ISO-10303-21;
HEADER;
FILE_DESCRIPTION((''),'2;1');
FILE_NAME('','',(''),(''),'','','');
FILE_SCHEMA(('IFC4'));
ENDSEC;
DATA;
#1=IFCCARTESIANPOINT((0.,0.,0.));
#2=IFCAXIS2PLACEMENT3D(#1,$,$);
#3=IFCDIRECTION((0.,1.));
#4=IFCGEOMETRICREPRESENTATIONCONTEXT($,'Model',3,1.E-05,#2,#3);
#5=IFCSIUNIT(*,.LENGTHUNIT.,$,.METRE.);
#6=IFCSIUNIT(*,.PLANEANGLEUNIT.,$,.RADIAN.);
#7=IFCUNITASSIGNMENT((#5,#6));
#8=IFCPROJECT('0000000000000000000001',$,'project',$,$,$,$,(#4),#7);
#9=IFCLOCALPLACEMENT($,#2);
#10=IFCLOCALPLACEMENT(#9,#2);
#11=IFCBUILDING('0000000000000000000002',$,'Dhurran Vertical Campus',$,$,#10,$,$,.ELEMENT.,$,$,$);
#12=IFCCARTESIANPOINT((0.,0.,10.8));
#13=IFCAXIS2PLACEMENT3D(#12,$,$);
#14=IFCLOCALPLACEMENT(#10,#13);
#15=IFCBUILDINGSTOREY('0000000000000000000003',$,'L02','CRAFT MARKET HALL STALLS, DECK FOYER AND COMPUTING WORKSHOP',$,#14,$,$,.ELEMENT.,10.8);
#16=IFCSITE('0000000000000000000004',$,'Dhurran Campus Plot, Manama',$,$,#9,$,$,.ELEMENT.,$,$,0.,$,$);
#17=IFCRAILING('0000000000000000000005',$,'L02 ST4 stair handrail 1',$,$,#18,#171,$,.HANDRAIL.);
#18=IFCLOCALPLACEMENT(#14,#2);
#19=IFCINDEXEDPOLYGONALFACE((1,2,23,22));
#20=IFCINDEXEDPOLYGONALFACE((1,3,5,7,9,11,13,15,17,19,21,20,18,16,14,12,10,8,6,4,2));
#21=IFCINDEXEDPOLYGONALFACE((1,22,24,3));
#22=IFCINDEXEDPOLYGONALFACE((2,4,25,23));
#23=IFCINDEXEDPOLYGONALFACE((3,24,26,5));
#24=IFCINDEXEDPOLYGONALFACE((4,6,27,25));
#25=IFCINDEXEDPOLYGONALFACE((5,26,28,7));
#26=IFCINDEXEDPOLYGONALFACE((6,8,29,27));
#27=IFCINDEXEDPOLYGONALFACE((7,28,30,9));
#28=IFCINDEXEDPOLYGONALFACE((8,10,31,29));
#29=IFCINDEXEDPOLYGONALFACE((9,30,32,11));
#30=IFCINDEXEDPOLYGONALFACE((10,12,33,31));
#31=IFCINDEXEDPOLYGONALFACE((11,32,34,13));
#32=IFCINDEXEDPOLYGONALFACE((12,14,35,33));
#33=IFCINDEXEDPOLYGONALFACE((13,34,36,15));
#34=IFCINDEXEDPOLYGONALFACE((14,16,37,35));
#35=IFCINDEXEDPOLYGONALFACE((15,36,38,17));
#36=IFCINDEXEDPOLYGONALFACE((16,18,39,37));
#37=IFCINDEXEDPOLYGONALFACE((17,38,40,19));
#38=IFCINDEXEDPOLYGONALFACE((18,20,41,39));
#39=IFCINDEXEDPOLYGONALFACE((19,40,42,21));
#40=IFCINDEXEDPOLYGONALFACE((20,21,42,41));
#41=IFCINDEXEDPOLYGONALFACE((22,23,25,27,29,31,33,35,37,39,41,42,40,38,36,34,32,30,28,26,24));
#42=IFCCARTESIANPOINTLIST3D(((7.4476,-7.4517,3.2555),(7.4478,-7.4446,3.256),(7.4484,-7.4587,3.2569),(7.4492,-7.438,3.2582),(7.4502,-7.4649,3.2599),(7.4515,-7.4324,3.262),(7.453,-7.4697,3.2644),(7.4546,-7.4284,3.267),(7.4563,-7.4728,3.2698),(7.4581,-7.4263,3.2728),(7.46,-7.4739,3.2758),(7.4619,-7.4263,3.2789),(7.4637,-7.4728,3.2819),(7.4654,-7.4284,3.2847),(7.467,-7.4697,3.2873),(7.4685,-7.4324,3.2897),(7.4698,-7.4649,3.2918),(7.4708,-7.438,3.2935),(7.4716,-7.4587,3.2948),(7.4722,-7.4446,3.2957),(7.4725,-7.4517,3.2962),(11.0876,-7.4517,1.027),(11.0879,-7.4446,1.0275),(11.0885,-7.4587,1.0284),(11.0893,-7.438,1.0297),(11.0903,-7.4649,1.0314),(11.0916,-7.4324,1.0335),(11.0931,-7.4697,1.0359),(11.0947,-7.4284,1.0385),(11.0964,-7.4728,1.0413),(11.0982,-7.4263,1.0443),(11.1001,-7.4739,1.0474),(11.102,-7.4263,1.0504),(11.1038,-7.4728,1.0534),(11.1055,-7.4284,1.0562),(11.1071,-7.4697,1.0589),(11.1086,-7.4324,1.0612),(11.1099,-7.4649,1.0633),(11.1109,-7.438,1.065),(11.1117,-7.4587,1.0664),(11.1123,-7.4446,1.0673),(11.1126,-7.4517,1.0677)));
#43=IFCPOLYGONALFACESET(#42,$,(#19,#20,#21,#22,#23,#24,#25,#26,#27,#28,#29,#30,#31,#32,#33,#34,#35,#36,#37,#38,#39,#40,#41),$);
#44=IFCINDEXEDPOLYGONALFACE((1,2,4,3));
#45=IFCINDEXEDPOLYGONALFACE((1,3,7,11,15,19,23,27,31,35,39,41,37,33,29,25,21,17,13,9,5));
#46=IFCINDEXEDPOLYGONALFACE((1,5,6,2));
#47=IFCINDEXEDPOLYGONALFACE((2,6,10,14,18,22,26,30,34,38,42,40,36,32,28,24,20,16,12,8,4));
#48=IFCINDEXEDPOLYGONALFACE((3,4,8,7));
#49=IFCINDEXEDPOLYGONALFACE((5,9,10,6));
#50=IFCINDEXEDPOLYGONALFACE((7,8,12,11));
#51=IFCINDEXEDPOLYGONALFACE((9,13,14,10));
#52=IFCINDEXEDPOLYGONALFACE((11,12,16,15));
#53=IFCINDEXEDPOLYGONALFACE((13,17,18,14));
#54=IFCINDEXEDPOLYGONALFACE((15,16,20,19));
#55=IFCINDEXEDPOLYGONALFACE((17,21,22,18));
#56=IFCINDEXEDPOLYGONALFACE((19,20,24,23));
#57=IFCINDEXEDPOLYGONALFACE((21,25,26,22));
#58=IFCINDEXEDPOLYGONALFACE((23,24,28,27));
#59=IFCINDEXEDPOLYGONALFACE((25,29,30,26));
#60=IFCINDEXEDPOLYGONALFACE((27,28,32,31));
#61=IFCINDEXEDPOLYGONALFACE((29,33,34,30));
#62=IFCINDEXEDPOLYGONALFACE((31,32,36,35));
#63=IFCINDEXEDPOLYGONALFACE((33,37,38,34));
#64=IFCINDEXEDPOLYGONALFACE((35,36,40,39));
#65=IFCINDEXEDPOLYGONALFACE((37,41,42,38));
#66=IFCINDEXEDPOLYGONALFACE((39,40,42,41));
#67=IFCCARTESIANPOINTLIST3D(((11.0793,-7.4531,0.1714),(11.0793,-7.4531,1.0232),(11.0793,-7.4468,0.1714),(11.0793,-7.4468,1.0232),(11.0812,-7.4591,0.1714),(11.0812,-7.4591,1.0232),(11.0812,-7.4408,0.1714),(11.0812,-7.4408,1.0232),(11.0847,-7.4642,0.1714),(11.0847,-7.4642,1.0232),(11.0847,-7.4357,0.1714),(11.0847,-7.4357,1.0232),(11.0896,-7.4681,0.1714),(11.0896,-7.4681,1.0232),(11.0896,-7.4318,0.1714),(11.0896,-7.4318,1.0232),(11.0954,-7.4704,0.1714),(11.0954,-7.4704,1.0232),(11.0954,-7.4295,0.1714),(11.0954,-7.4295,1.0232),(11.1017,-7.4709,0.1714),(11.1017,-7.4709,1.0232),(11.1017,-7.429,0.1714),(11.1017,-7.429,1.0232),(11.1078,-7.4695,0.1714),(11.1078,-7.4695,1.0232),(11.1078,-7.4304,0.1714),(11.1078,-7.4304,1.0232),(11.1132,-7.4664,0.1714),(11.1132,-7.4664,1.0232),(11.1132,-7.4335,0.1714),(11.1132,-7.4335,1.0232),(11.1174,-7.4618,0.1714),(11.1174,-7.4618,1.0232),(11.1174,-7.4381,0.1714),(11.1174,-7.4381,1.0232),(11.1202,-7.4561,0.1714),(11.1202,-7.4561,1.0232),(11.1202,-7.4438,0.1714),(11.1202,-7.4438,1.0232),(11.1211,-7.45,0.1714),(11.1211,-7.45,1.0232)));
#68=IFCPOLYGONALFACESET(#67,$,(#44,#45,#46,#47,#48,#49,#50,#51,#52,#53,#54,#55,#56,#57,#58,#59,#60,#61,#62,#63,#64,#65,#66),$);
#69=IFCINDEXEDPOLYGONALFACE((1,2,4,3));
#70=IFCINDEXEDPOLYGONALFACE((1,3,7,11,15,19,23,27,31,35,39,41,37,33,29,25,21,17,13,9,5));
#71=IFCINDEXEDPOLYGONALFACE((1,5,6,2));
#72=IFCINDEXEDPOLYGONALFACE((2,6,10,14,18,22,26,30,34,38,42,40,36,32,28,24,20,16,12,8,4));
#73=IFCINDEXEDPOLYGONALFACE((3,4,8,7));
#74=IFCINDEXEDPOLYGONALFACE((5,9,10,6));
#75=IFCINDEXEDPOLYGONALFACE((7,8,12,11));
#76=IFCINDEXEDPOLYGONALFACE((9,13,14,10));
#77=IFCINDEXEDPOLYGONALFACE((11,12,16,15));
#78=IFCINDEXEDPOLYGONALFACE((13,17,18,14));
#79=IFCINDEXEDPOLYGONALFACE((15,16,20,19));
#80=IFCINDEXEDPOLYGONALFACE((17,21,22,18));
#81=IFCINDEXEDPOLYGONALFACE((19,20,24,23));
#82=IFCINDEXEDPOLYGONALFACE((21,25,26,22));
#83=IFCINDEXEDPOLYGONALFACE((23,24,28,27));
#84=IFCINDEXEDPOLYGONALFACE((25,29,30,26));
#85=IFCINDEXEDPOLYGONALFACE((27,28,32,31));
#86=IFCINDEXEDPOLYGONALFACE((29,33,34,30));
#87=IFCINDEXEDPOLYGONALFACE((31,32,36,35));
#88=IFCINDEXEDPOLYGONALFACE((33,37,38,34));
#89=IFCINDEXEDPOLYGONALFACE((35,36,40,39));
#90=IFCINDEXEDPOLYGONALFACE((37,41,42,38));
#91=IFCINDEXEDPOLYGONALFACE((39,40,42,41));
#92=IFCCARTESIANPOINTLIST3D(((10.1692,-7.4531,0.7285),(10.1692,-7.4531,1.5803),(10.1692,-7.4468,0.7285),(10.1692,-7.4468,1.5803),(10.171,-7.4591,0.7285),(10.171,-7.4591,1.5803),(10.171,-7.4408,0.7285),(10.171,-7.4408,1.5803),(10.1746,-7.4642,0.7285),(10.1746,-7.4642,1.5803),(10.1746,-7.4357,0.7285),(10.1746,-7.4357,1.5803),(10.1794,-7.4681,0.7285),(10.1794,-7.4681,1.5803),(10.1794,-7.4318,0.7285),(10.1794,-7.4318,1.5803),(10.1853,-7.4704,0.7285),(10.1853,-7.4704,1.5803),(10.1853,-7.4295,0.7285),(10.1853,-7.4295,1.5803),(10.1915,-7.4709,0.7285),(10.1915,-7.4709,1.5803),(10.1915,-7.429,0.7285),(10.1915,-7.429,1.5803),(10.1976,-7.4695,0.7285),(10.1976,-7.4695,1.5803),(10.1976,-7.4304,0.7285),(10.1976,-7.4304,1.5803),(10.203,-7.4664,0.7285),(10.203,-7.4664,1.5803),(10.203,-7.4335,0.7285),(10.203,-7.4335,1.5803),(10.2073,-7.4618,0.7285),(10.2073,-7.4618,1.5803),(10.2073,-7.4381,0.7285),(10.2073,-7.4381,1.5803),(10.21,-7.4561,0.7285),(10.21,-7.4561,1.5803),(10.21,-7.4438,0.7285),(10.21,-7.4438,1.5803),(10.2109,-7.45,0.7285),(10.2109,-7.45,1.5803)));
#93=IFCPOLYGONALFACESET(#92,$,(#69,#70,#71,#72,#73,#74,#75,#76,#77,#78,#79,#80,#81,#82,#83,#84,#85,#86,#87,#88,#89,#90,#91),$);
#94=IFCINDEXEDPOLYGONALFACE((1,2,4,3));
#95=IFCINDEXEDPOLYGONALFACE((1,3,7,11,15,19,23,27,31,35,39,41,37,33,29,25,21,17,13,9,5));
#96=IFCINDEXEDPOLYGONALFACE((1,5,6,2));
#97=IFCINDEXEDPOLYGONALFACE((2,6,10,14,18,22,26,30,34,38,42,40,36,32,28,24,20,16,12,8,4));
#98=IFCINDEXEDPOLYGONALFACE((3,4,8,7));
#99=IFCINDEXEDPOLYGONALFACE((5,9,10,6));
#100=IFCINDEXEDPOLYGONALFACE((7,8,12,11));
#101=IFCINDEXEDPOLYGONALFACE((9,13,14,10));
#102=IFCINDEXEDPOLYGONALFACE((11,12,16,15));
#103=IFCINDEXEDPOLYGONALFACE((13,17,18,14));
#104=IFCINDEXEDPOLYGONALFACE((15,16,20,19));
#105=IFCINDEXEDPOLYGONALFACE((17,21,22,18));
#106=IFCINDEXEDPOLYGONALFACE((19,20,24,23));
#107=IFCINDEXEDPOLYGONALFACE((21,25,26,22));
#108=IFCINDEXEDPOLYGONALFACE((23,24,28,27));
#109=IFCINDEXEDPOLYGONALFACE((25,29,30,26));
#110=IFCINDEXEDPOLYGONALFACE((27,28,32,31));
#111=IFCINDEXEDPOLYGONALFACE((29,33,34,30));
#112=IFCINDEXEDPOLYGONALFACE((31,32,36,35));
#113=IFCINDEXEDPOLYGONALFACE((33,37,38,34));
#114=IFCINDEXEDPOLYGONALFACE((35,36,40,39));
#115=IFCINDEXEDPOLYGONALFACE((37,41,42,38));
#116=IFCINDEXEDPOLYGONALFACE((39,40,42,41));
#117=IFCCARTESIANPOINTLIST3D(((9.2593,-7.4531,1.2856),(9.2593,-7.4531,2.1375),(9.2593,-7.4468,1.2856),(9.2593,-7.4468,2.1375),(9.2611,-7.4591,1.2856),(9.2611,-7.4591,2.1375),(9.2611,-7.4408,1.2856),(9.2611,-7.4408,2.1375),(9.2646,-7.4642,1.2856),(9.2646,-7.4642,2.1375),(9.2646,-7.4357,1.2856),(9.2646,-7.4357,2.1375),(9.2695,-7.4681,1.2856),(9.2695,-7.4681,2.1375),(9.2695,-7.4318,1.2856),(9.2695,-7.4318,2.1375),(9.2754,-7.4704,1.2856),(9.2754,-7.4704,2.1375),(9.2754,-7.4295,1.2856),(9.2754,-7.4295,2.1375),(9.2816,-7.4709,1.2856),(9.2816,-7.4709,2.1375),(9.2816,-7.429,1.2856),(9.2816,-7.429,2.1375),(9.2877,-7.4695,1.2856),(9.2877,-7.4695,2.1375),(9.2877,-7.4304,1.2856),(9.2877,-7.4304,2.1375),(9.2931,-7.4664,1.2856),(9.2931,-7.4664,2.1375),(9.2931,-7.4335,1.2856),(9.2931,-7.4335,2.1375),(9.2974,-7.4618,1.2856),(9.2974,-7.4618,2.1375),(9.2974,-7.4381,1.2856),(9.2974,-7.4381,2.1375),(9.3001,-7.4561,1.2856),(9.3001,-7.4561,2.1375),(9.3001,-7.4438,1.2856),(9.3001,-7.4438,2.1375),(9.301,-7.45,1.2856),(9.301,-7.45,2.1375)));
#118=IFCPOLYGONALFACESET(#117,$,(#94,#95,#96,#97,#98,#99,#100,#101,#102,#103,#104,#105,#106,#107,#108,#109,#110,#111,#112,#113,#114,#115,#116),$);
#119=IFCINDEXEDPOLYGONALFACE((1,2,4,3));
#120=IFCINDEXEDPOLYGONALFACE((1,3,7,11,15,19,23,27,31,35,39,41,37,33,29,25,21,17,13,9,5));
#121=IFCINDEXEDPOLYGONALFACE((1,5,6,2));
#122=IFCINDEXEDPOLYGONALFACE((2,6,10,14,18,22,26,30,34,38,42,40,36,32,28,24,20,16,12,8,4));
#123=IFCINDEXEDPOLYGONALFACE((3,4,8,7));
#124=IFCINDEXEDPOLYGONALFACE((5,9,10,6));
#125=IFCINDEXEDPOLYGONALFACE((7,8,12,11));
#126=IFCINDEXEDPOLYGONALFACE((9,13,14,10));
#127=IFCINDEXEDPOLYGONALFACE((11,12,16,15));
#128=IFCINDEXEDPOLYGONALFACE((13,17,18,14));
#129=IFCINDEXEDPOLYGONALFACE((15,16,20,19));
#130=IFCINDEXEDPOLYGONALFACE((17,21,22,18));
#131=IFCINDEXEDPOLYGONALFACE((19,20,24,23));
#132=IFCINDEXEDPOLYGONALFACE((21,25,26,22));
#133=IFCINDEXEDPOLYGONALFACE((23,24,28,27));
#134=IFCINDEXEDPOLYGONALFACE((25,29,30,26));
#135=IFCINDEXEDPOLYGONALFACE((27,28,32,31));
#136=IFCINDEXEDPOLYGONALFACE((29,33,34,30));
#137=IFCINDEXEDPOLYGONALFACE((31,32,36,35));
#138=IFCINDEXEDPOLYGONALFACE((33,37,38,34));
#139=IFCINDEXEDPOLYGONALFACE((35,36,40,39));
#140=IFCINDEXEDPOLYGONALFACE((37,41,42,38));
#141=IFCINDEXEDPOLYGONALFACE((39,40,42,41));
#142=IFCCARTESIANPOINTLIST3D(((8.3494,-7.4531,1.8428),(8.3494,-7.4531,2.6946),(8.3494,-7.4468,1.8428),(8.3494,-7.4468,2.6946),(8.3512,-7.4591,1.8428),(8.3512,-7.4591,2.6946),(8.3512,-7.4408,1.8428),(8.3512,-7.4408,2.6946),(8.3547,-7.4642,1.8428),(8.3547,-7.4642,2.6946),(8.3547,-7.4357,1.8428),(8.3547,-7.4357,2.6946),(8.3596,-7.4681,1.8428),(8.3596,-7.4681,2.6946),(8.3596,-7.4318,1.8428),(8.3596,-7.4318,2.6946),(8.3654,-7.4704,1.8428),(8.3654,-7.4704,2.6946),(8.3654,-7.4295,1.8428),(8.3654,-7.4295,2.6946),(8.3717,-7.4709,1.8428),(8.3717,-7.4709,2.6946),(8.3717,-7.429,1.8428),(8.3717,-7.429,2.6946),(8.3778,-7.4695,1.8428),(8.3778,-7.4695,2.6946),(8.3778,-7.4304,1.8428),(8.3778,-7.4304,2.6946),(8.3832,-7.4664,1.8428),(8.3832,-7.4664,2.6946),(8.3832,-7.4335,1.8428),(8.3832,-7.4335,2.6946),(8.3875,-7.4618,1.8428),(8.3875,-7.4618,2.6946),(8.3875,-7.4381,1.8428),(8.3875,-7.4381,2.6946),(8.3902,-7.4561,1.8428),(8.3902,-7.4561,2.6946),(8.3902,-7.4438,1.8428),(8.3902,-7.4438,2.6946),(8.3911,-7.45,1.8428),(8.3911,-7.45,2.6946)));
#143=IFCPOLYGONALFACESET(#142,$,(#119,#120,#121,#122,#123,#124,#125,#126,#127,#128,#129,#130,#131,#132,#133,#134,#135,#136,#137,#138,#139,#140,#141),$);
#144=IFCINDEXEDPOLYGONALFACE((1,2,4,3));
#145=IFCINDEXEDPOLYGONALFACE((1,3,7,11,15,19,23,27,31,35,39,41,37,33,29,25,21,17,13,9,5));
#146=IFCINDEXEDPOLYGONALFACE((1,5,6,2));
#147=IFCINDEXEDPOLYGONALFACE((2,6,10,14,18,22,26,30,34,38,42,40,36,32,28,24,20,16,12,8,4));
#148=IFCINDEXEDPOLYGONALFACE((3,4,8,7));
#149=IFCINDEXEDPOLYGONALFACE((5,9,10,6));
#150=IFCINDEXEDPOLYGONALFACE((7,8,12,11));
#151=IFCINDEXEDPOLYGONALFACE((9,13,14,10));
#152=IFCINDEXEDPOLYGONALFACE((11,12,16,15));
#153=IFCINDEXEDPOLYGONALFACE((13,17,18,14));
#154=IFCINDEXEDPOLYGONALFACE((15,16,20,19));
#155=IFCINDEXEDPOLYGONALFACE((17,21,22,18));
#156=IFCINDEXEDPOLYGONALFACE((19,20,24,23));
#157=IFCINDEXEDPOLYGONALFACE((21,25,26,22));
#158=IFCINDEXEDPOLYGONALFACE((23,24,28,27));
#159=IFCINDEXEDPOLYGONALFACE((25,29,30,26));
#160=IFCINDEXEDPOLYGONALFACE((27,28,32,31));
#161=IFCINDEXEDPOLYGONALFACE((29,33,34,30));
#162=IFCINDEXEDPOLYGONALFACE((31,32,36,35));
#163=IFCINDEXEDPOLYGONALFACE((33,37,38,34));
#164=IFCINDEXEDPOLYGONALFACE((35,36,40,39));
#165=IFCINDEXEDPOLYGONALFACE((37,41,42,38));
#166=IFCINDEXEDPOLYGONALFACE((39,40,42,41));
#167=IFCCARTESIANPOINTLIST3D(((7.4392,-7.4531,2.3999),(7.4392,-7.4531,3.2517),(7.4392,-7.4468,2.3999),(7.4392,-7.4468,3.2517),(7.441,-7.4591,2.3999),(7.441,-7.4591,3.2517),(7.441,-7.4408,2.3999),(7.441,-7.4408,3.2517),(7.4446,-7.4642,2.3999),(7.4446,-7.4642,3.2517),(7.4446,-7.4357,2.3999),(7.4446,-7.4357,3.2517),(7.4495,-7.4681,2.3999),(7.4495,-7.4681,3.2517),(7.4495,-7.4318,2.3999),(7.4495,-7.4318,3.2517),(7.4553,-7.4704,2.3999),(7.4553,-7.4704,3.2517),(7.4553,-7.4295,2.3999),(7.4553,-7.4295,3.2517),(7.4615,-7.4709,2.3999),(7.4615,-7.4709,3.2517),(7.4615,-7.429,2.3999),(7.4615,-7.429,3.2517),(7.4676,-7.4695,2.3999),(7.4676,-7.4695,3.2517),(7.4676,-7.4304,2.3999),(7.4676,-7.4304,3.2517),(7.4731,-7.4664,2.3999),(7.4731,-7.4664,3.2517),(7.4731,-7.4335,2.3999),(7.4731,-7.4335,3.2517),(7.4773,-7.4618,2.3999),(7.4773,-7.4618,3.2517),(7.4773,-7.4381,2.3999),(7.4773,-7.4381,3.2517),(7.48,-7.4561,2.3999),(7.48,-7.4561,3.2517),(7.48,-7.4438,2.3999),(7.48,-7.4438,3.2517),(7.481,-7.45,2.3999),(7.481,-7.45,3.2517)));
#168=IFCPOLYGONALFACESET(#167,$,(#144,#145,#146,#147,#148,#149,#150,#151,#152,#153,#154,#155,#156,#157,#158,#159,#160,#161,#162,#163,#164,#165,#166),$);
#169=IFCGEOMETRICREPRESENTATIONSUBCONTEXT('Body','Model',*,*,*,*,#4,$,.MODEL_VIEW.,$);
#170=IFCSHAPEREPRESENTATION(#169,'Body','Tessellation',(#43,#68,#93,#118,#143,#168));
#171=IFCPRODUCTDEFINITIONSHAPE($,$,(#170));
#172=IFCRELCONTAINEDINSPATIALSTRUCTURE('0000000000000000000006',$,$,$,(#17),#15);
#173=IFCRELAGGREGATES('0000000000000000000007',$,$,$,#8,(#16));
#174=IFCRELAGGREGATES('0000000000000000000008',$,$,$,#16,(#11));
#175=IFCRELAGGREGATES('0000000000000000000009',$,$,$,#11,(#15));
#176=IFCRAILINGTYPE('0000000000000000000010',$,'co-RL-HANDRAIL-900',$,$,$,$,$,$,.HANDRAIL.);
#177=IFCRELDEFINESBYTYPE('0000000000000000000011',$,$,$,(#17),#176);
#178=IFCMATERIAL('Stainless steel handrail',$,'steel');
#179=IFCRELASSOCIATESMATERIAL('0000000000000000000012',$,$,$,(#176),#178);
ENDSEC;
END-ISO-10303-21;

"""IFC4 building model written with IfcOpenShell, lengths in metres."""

from ifc_helpers import new_model, si_unit, direction, frame, origin, origin_2d, place, context, subcontext, project, spatial, circle, extrude, material, type_object, element, save


model = new_model("IFC4")

# Units and contexts
model_context = context("Model", 3, precision=1e-05, world=origin(), true_north=direction((0.0, 1.0)))
body_context = subcontext(model_context, "Body", "Model", "MODEL_VIEW")
ifc_project = project(units=[si_unit("LENGTHUNIT", "METRE"), si_unit("PLANEANGLEUNIT", "RADIAN")], contexts=[model_context])

# Site, building, storey
site_placement = place(None, origin())
site = spatial("IfcSite", under=ifc_project, at=site_placement, Name="Dhurran Campus Plot, Manama", CompositionType="ELEMENT", RefElevation=0.0)
building_placement = place(site_placement, origin())
building = spatial("IfcBuilding", under=site, at=building_placement, Name="Dhurran Vertical Campus", CompositionType="ELEMENT")
storey_placement = place(building_placement, frame((0.0, 0.0, 10.8)))
storey = spatial("IfcBuildingStorey", under=building, at=storey_placement, Name="L02", Description="CRAFT MARKET HALL STALLS, DECK FOYER AND COMPUTING WORKSHOP", CompositionType="ELEMENT", Elevation=10.8)

# Railing
ifc_material_1 = material(Name="Stainless steel handrail", Category="steel")
railing_type_1 = type_object("IfcRailingType", Name="co-RL-HANDRAIL-900", PredefinedType="HANDRAIL", material=ifc_material_1)
railing_1_placement = place(storey_placement, frame((11.1001, -7.45, 0.1714)))
element("IfcRailing", 1, at=railing_1_placement, inside=storey, type_object=railing_type_1, Name="L02 ST4 stair handrail 1", PredefinedType="HANDRAIL", context=body_context, shape_type="SweptSolid", body=[
    extrude(circle(Radius=0.0239, at=origin_2d()), frame((0.0, 0.0, 0.876), z_axis=(-0.852866, 0.0, 0.52213), x_axis=(0.0, -1.0, 0.0)), (0.0, 0.0, 1.0), 4.2681),
    extrude(circle(Radius=0.021, at=origin_2d()), origin(), (0.0, 0.0, 1.0), 0.8518),
    extrude(circle(Radius=0.021, at=origin_2d()), frame((-0.9102, 0.0, 0.5571)), (0.0, 0.0, 1.0), 0.8518),
    extrude(circle(Radius=0.021, at=origin_2d()), frame((-1.8201, 0.0, 1.1143)), (0.0, 0.0, 1.0), 0.8518),
    extrude(circle(Radius=0.021, at=origin_2d()), frame((-2.73, 0.0, 1.6714)), (0.0, 0.0, 1.0), 0.8518),
    extrude(circle(Radius=0.021, at=origin_2d()), frame((-3.6401, 0.0, 2.2285)), (0.0, 0.0, 1.0), 0.8518),
])

save(model, "model.ifc")
